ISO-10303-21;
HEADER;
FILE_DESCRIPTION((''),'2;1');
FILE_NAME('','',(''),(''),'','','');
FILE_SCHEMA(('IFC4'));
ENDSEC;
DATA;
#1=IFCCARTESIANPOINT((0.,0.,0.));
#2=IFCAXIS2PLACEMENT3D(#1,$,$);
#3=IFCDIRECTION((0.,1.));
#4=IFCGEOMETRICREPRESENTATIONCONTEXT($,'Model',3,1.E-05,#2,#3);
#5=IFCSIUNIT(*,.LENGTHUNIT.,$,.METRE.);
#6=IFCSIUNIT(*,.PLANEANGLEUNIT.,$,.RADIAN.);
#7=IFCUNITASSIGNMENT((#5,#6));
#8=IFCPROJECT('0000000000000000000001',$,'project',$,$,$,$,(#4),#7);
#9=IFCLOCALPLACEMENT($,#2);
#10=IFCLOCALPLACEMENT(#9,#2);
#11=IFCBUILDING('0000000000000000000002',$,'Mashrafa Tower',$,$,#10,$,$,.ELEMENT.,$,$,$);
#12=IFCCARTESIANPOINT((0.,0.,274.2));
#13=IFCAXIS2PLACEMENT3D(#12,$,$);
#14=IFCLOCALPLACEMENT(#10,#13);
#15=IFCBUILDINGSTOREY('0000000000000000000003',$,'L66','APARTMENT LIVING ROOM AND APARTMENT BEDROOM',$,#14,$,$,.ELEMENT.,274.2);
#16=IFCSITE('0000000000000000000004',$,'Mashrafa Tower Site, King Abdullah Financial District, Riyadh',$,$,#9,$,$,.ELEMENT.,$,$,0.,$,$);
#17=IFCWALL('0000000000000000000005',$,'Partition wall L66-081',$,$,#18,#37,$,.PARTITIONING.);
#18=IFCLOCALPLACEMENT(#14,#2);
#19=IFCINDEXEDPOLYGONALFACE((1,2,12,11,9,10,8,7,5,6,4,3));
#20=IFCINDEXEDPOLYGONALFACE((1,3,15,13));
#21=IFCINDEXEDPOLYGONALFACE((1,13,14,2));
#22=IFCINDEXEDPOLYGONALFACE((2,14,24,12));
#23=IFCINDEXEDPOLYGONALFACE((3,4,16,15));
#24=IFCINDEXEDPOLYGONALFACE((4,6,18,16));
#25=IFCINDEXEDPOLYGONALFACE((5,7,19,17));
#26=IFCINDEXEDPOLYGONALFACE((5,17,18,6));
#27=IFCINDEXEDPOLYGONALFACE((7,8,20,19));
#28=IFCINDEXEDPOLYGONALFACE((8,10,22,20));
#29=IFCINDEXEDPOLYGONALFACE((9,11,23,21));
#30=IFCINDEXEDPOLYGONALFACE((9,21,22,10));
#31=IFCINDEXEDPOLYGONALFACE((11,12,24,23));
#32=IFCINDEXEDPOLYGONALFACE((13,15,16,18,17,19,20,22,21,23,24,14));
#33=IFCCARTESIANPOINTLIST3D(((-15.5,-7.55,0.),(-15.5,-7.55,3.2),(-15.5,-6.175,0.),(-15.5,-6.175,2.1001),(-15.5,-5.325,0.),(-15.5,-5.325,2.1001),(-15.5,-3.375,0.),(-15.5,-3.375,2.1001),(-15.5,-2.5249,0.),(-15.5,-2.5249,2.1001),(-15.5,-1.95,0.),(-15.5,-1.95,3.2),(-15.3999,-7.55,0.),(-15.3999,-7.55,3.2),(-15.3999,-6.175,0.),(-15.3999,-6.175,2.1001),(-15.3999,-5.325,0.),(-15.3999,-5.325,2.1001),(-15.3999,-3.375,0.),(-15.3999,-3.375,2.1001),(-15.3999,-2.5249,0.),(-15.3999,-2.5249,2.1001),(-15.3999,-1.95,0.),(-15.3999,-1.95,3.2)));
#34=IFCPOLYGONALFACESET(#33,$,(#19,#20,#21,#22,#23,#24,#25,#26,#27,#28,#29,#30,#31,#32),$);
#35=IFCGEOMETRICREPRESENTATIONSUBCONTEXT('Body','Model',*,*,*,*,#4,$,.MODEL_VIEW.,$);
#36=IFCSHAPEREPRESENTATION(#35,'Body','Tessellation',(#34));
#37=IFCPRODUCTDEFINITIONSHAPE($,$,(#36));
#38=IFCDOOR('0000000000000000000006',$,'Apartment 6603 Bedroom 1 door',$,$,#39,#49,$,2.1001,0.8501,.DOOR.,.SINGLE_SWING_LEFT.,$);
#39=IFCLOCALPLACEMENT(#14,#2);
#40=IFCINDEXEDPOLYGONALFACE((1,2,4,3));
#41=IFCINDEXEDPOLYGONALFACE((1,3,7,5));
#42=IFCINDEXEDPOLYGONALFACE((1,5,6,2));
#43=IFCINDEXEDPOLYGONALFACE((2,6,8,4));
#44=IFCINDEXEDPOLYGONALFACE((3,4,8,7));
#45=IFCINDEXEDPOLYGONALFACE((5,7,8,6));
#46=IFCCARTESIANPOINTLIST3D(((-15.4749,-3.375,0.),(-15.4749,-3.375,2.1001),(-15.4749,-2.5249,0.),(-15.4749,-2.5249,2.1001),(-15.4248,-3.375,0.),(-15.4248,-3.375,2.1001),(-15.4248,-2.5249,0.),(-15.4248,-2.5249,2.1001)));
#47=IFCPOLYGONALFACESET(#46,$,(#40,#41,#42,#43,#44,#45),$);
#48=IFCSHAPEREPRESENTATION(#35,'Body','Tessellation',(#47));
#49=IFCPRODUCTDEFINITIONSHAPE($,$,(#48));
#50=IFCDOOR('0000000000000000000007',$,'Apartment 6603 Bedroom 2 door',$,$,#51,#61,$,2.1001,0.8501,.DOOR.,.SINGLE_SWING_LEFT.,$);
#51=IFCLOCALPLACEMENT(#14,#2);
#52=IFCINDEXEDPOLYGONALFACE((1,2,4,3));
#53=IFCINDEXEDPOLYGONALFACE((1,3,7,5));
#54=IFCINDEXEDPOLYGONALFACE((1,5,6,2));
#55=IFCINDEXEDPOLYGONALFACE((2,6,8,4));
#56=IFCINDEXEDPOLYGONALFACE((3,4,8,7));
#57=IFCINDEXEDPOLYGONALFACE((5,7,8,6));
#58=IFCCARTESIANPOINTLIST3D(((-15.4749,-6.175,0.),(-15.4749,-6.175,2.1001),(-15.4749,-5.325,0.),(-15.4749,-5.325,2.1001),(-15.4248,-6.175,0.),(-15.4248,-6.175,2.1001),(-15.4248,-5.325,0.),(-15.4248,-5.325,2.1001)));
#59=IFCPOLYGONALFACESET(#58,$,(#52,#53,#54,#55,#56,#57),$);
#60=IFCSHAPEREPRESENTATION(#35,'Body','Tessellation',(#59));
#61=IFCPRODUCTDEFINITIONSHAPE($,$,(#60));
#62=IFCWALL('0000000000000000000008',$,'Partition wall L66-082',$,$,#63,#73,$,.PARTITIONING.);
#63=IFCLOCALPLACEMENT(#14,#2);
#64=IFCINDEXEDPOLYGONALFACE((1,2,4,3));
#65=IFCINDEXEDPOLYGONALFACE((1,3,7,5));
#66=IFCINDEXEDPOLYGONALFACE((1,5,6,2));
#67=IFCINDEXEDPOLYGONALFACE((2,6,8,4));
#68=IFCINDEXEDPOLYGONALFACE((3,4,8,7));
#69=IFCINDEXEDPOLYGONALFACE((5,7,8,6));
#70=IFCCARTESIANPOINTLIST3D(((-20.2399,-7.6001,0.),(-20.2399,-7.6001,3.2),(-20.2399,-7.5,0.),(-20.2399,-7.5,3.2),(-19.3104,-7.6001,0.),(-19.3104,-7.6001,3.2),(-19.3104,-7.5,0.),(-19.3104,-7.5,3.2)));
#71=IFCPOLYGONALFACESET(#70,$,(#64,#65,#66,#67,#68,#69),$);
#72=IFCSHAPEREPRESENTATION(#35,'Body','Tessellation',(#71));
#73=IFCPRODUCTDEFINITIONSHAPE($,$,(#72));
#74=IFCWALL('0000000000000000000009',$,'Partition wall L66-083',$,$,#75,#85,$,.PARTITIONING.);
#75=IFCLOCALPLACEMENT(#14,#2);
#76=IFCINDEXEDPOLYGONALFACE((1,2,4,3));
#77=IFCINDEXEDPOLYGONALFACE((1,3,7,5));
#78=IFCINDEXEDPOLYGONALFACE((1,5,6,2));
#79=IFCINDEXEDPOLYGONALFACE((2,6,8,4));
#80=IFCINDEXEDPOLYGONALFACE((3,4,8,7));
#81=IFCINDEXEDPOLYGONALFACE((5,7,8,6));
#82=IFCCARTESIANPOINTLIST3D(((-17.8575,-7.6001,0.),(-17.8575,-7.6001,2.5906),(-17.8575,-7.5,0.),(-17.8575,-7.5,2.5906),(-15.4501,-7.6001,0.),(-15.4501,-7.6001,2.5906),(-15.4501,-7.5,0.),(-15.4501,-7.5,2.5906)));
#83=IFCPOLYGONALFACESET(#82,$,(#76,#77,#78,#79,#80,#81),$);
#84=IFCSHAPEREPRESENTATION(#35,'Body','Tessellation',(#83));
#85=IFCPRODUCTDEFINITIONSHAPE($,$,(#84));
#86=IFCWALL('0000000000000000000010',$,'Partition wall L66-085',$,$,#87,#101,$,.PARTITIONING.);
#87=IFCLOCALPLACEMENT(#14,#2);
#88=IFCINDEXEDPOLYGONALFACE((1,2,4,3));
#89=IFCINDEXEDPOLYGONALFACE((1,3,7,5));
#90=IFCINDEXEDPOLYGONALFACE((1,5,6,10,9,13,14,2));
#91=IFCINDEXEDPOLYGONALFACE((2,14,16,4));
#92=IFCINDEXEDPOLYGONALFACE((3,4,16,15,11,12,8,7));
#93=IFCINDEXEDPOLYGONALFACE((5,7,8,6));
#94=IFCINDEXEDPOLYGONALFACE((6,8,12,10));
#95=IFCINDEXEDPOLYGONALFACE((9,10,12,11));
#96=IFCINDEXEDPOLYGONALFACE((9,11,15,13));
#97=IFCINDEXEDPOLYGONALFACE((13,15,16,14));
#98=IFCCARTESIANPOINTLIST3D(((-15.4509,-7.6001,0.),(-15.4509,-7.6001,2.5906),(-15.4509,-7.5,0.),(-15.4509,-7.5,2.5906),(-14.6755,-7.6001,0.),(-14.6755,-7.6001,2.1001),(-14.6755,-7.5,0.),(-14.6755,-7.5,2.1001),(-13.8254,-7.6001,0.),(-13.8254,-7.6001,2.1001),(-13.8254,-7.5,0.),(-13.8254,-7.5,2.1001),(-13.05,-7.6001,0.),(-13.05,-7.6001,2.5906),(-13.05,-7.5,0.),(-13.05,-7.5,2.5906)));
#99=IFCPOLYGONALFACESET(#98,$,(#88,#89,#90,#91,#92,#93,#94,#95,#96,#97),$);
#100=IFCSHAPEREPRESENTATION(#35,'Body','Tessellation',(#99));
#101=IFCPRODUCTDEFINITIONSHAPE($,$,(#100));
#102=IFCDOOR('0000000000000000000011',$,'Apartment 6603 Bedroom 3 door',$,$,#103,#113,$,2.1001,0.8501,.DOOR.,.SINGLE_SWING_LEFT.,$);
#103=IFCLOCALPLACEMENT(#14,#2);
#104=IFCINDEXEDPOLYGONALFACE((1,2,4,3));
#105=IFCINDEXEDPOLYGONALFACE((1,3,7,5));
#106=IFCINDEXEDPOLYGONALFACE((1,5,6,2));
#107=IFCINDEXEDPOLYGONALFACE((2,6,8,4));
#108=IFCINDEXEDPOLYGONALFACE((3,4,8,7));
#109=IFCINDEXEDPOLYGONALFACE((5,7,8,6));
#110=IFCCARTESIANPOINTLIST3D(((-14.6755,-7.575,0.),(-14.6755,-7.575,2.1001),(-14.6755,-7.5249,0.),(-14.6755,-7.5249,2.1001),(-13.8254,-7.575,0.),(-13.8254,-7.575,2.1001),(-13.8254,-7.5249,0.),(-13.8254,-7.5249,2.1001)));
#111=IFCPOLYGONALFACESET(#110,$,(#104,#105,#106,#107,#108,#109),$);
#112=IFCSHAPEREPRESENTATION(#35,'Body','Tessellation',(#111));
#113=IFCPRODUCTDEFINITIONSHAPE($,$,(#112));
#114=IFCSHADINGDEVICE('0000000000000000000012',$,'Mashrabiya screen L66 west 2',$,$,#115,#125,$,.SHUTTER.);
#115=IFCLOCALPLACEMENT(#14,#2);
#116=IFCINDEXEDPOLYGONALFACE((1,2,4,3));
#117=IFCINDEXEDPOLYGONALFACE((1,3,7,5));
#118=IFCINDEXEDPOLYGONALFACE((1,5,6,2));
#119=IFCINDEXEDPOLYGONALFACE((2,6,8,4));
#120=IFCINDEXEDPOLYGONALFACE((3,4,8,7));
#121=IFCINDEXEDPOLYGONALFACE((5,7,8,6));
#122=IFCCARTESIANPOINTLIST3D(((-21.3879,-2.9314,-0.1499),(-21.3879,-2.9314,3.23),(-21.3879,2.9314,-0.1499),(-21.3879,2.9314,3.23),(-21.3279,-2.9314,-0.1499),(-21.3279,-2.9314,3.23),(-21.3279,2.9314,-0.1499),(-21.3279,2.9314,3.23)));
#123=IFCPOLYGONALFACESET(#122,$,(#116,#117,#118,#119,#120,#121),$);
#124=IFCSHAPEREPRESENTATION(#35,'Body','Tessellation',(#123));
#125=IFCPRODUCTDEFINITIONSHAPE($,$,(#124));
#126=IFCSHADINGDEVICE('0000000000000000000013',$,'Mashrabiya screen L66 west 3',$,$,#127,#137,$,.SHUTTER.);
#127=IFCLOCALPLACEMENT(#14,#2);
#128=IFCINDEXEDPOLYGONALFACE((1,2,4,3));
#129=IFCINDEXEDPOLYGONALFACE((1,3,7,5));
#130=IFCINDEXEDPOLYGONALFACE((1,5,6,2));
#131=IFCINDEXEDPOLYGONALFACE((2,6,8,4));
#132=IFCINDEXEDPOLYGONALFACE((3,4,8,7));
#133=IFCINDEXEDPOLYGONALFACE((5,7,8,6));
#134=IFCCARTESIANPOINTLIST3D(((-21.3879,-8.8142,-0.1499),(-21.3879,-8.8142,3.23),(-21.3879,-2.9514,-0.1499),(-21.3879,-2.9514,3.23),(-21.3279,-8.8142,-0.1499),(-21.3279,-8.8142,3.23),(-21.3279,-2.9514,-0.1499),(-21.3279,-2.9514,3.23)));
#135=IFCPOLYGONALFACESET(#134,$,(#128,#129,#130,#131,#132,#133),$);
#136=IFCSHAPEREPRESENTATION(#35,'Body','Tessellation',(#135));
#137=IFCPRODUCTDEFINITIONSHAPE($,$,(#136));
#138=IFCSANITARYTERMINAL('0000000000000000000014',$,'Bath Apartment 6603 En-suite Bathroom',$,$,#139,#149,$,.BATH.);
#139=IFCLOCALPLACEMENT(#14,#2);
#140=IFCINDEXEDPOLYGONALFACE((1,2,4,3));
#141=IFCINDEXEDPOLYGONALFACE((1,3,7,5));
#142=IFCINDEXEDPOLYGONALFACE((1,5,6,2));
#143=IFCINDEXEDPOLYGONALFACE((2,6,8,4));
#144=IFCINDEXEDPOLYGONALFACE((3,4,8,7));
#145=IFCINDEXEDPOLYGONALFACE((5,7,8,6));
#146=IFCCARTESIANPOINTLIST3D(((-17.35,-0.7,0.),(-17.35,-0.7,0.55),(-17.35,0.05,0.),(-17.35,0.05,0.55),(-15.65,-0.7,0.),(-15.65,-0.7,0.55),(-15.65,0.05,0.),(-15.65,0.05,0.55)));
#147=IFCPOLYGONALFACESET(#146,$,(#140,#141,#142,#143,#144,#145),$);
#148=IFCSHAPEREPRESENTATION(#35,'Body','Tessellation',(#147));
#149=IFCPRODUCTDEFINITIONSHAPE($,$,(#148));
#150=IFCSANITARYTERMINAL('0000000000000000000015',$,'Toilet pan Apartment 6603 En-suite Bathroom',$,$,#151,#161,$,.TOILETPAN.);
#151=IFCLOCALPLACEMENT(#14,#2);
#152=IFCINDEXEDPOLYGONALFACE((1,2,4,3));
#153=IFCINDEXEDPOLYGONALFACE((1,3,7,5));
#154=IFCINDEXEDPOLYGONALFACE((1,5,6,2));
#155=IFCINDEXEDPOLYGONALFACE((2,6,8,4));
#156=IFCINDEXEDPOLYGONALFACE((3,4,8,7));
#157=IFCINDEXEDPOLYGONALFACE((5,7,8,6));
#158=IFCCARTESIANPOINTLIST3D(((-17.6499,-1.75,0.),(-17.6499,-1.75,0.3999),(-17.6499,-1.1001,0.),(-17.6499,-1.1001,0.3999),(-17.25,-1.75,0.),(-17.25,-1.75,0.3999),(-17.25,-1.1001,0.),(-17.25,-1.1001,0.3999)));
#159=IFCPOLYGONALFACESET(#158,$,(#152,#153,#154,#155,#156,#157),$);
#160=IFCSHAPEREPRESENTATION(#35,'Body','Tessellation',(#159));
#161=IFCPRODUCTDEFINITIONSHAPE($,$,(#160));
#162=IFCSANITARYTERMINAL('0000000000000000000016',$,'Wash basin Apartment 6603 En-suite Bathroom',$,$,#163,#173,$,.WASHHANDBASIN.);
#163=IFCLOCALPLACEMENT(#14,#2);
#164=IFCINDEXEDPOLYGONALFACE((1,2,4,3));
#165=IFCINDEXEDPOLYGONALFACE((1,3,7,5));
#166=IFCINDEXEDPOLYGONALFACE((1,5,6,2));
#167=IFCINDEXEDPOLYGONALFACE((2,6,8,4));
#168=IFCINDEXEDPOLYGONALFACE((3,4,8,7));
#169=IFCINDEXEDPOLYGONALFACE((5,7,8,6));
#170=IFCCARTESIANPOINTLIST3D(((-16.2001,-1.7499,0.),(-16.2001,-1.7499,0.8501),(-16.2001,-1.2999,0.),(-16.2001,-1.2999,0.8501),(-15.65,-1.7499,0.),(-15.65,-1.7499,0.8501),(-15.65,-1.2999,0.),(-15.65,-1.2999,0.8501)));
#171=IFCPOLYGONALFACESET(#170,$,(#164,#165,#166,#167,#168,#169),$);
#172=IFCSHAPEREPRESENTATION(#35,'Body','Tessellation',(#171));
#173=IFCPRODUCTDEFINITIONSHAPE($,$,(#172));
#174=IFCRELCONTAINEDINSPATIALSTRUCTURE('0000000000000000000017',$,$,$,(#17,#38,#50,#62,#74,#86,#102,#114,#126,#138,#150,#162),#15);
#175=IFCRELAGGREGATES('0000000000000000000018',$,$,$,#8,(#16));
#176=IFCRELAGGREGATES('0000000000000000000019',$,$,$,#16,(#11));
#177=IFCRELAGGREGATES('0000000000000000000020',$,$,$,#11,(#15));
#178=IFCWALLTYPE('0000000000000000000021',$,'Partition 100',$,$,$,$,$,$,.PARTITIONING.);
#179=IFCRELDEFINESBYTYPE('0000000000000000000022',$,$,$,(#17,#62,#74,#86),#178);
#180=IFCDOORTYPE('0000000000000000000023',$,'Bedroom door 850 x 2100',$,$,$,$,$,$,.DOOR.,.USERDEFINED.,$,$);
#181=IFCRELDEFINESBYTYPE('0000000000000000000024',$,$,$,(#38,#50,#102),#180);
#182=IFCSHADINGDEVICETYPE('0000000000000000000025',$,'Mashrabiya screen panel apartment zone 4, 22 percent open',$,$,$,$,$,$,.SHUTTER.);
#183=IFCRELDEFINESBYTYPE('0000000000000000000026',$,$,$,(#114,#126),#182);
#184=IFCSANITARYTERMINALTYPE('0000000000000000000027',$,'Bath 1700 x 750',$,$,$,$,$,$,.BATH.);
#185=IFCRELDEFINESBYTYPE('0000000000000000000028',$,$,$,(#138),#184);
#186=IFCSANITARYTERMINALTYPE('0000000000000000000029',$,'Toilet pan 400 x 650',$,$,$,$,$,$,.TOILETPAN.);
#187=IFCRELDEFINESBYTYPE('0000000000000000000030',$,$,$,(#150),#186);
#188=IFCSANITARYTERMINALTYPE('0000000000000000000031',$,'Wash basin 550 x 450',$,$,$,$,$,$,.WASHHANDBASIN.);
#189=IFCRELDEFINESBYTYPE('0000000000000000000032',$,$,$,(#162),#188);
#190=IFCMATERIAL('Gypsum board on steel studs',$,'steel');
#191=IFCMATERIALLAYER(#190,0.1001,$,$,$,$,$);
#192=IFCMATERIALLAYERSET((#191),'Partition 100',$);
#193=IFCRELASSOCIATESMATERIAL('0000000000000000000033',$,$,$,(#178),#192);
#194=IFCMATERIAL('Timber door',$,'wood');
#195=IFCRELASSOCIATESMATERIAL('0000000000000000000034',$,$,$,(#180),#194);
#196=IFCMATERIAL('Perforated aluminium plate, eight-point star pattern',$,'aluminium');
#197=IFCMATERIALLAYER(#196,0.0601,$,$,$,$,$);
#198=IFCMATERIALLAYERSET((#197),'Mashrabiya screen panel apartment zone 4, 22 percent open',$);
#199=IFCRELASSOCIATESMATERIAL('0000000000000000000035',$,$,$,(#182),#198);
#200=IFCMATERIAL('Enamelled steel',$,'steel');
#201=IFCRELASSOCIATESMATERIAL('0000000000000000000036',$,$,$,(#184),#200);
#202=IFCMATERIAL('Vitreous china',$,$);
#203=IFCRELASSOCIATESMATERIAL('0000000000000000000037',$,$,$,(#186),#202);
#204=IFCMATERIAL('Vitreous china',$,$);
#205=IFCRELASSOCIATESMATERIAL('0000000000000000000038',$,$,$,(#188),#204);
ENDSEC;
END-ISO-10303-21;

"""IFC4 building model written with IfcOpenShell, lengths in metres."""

from ifc_helpers import new_model, si_unit, direction, frame, frame_2d, origin, origin_2d, place, context, subcontext, project, spatial, rectangle, extrude, source, transform, mapped, material, layer, layer_set, type_object, type_shapes, element, fill, save


model = new_model("IFC4")

# Units and contexts
model_context = context("Model", 3, precision=1e-05, world=origin(), true_north=direction((0.0, 1.0)))
body_context = subcontext(model_context, "Body", "Model", "MODEL_VIEW")
ifc_project = project(units=[si_unit("LENGTHUNIT", "METRE"), si_unit("PLANEANGLEUNIT", "RADIAN")], contexts=[model_context])

# Site, building, storey
site_placement = place(None, origin())
site = spatial("IfcSite", under=ifc_project, at=site_placement, Name="Mashrafa Tower Site, King Abdullah Financial District, Riyadh", CompositionType="ELEMENT", RefElevation=0.0)
building_placement = place(site_placement, origin())
building = spatial("IfcBuilding", under=site, at=building_placement, Name="Mashrafa Tower", CompositionType="ELEMENT")
storey_placement = place(building_placement, frame((0.0, 0.0, 274.2)))
storey = spatial("IfcBuildingStorey", under=building, at=storey_placement, Name="L66", Description="APARTMENT LIVING ROOM AND APARTMENT BEDROOM", CompositionType="ELEMENT", Elevation=274.2)

# Shared definitions
ifc_material_1 = material(Name="Gypsum board on steel studs", Category="steel")
ifc_layer_1 = layer(ifc_material_1, 0.1001)
ifc_layer_set_1 = layer_set([ifc_layer_1], Name="Partition 100")
wall_type_1 = type_object("IfcWallType", Name="Partition 100", PredefinedType="PARTITIONING", material=ifc_layer_set_1)

# Wall, openings, doors
wall_1_placement = place(storey_placement, frame((-15.45, -1.95, 0.0), z_axis=(0.0, 0.0, 1.0), x_axis=(0.0, -1.0, 0.0)))
wall_1 = element("IfcWall", 1, at=wall_1_placement, inside=storey, type_object=wall_type_1, Name="Partition wall L66-081", PredefinedType="PARTITIONING", context=body_context, shape_type="SweptSolid", body=[
    extrude(rectangle(XDim=5.6001, YDim=0.1001, at=frame_2d((2.8, 0.0))), origin(), (0.0, 0.0, 1.0), 3.2),
])
opening_1_placement = place(wall_1_placement, frame((0.575, 0.0, 0.0)))
opening_1 = element("IfcOpeningElement", 2, at=opening_1_placement, cuts=wall_1, PredefinedType="OPENING", context=body_context, shape_type="SweptSolid", body=[
    extrude(rectangle(XDim=0.8501, YDim=2.1001, at=frame_2d((0.425, 1.05))), frame((0.0, 0.0601, 0.0), z_axis=(0.0, -1.0, 0.0), x_axis=(1.0, 0.0, 0.0)), (0.0, 0.0, 1.0), 0.1201),
])
opening_2_placement = place(wall_1_placement, frame((3.375, 0.0, 0.0)))
opening_2 = element("IfcOpeningElement", 3, at=opening_2_placement, cuts=wall_1, PredefinedType="OPENING", context=body_context, shape_type="SweptSolid", body=[
    extrude(rectangle(XDim=0.8501, YDim=2.1001, at=frame_2d((0.425, 1.05))), frame((0.0, 0.0601, 0.0), z_axis=(0.0, -1.0, 0.0), x_axis=(1.0, 0.0, 0.0)), (0.0, 0.0, 1.0), 0.1201),
])
ifc_material_2 = material(Name="Timber door", Category="wood")
door_type_1 = type_object("IfcDoorType", Name="Bedroom door 850 x 2100", OperationType="USERDEFINED", PredefinedType="DOOR", material=ifc_material_2)
door_1_placement = place(opening_1_placement, frame((0.8501, 0.0, 0.0), z_axis=(0.0, 0.0, 1.0), x_axis=(-1.0, 0.0, 0.0)))
door_1 = element("IfcDoor", 4, at=door_1_placement, inside=storey, type_object=door_type_1, Name="Apartment 6603 Bedroom 1 door", OperationType="SINGLE_SWING_LEFT", OverallHeight=2.1001, OverallWidth=0.8501, PredefinedType="DOOR", context=body_context, shape_type="SweptSolid", body=[
    extrude(rectangle(XDim=0.8501, YDim=2.1001, at=frame_2d((0.425, 1.05))), frame((0.0, 0.0249, 0.0), z_axis=(0.0, -1.0, 0.0), x_axis=(1.0, 0.0, 0.0)), (0.0, 0.0, 1.0), 0.05),
])
fill(opening_1, door_1)
door_2_placement = place(opening_2_placement, frame((0.8501, 0.0, 0.0), z_axis=(0.0, 0.0, 1.0), x_axis=(-1.0, 0.0, 0.0)))
door_2 = element("IfcDoor", 5, at=door_2_placement, inside=storey, type_object=door_type_1, Name="Apartment 6603 Bedroom 2 door", OperationType="SINGLE_SWING_LEFT", OverallHeight=2.1001, OverallWidth=0.8501, PredefinedType="DOOR", context=body_context, shape_type="SweptSolid", body=[
    extrude(rectangle(XDim=0.8501, YDim=2.1001, at=frame_2d((0.425, 1.05))), frame((0.0, 0.0249, 0.0), z_axis=(0.0, -1.0, 0.0), x_axis=(1.0, 0.0, 0.0)), (0.0, 0.0, 1.0), 0.05),
])
fill(opening_2, door_2)

# Walls
wall_2_placement = place(storey_placement, frame((-20.24, -7.55, 0.0), z_axis=(0.0, 0.0, 1.0), x_axis=(1.0, 0.0, 0.0)))
element("IfcWall", 6, at=wall_2_placement, inside=storey, type_object=wall_type_1, Name="Partition wall L66-082", PredefinedType="PARTITIONING", context=body_context, shape_type="SweptSolid", body=[
    extrude(rectangle(XDim=0.9294, YDim=0.1001, at=frame_2d((0.4648, 0.0))), origin(), (0.0, 0.0, 1.0), 3.2),
])
wall_3_placement = place(storey_placement, frame((-17.8574, -7.55, 0.0), z_axis=(0.0, 0.0, 1.0), x_axis=(1.0, 0.0, 0.0)))
element("IfcWall", 7, at=wall_3_placement, inside=storey, type_object=wall_type_1, Name="Partition wall L66-083", PredefinedType="PARTITIONING", context=body_context, shape_type="SweptSolid", body=[
    extrude(rectangle(XDim=2.4075, YDim=0.1001, at=frame_2d((1.2036, 0.0))), origin(), (0.0, 0.0, 1.0), 2.5906),
])

# Wall, opening, door
wall_4_placement = place(storey_placement, frame((-13.05, -7.55, 0.0), z_axis=(0.0, 0.0, 1.0), x_axis=(-1.0, 0.0, 0.0)))
wall_4 = element("IfcWall", 8, at=wall_4_placement, inside=storey, type_object=wall_type_1, Name="Partition wall L66-085", PredefinedType="PARTITIONING", context=body_context, shape_type="SweptSolid", body=[
    extrude(rectangle(XDim=2.4009, YDim=0.1001, at=frame_2d((1.2004, 0.0))), origin(), (0.0, 0.0, 1.0), 2.5906),
])
opening_3_placement = place(wall_4_placement, frame((0.7754, 0.0, 0.0)))
opening_3 = element("IfcOpeningElement", 9, at=opening_3_placement, cuts=wall_4, PredefinedType="OPENING", context=body_context, shape_type="SweptSolid", body=[
    extrude(rectangle(XDim=0.8501, YDim=2.1001, at=frame_2d((0.425, 1.05))), frame((0.0, 0.0601, 0.0), z_axis=(0.0, -1.0, 0.0), x_axis=(1.0, 0.0, 0.0)), (0.0, 0.0, 1.0), 0.1201),
])
door_3_placement = place(opening_3_placement, origin())
door_3 = element("IfcDoor", 10, at=door_3_placement, inside=storey, type_object=door_type_1, Name="Apartment 6603 Bedroom 3 door", OperationType="SINGLE_SWING_LEFT", OverallHeight=2.1001, OverallWidth=0.8501, PredefinedType="DOOR", context=body_context, shape_type="SweptSolid", body=[
    extrude(rectangle(XDim=0.8501, YDim=2.1001, at=frame_2d((0.425, 1.05))), frame((0.0, 0.0249, 0.0), z_axis=(0.0, -1.0, 0.0), x_axis=(1.0, 0.0, 0.0)), (0.0, 0.0, 1.0), 0.05),
])
fill(opening_3, door_3)

# Shading devices
ifc_material_3 = material(Name="Perforated aluminium plate, eight-point star pattern", Category="aluminium")
ifc_layer_2 = layer(ifc_material_3, 0.0601)
ifc_layer_set_2 = layer_set([ifc_layer_2], Name="Mashrabiya screen panel apartment zone 4, 22 percent open")
shading_device_type = type_object("IfcShadingDeviceType", Name="Mashrabiya screen panel apartment zone 4, 22 percent open", PredefinedType="SHUTTER", material=ifc_layer_set_2)
shared_shape_1 = source(origin(), body_context, "Body", "SweptSolid", [
    extrude(rectangle(XDim=5.8628, YDim=0.0601, at=origin_2d()), origin(), (0.0, 0.0, 1.0), 3.3799),
])
type_shapes(shading_device_type, [shared_shape_1])
for number, where, z_axis, x_axis, name in (
    (11, (-21.3579, 0.0, -0.1499), (0.0, 0.0, 1.0), (0.0, -1.0, 0.0), "Mashrabiya screen L66 west 2"),
    (12, (-21.3579, -5.8828, -0.1499), (0.0, 0.0, 1.0), (0.0, -1.0, 0.0), "Mashrabiya screen L66 west 3"),
):
    element("IfcShadingDevice", number, at=place(storey_placement, frame(where, z_axis=z_axis, x_axis=x_axis)), inside=storey, type_object=shading_device_type, Name=name, PredefinedType="SHUTTER", context=body_context, shape_type="MappedRepresentation", body=[
        mapped(shared_shape_1, transform((0.0, 0.0, 0.0))),
    ])

# Sanitary terminals
ifc_material_4 = material(Name="Enamelled steel", Category="steel")
sanitary_terminal_type_1 = type_object("IfcSanitaryTerminalType", Name="Bath 1700 x 750", PredefinedType="BATH", material=ifc_material_4)
sanitary_terminal_1_placement = place(storey_placement, frame((-16.5, -0.325, 0.0), z_axis=(0.0, 0.0, 1.0), x_axis=(-1.0, 0.0, 0.0)))
element("IfcSanitaryTerminal", 13, at=sanitary_terminal_1_placement, inside=storey, type_object=sanitary_terminal_type_1, Name="Bath Apartment 6603 En-suite Bathroom", PredefinedType="BATH", context=body_context, shape_type="SweptSolid", body=[
    extrude(rectangle(XDim=1.7, YDim=0.75, at=origin_2d()), origin(), (0.0, 0.0, 1.0), 0.55),
])
ifc_material_5 = material(Name="Vitreous china")
sanitary_terminal_type_2 = type_object("IfcSanitaryTerminalType", Name="Toilet pan 400 x 650", PredefinedType="TOILETPAN", material=ifc_material_5)
sanitary_terminal_2_placement = place(storey_placement, frame((-17.45, -1.425, 0.0), z_axis=(0.0, 0.0, 1.0), x_axis=(1.0, 0.0, 0.0)))
element("IfcSanitaryTerminal", 14, at=sanitary_terminal_2_placement, inside=storey, type_object=sanitary_terminal_type_2, Name="Toilet pan Apartment 6603 En-suite Bathroom", PredefinedType="TOILETPAN", context=body_context, shape_type="SweptSolid", body=[
    extrude(rectangle(XDim=0.3999, YDim=0.6499, at=origin_2d()), origin(), (0.0, 0.0, 1.0), 0.3999),
])
ifc_material_6 = material(Name="Vitreous china")
sanitary_terminal_type_3 = type_object("IfcSanitaryTerminalType", Name="Wash basin 550 x 450", PredefinedType="WASHHANDBASIN", material=ifc_material_6)
sanitary_terminal_3_placement = place(storey_placement, frame((-15.925, -1.5249, 0.0), z_axis=(0.0, 0.0, 1.0), x_axis=(1.0, 0.0, 0.0)))
element("IfcSanitaryTerminal", 15, at=sanitary_terminal_3_placement, inside=storey, type_object=sanitary_terminal_type_3, Name="Wash basin Apartment 6603 En-suite Bathroom", PredefinedType="WASHHANDBASIN", context=body_context, shape_type="SweptSolid", body=[
    extrude(rectangle(XDim=0.55, YDim=0.45, at=origin_2d()), origin(), (0.0, 0.0, 1.0), 0.8501),
])

save(model, "model.ifc")
